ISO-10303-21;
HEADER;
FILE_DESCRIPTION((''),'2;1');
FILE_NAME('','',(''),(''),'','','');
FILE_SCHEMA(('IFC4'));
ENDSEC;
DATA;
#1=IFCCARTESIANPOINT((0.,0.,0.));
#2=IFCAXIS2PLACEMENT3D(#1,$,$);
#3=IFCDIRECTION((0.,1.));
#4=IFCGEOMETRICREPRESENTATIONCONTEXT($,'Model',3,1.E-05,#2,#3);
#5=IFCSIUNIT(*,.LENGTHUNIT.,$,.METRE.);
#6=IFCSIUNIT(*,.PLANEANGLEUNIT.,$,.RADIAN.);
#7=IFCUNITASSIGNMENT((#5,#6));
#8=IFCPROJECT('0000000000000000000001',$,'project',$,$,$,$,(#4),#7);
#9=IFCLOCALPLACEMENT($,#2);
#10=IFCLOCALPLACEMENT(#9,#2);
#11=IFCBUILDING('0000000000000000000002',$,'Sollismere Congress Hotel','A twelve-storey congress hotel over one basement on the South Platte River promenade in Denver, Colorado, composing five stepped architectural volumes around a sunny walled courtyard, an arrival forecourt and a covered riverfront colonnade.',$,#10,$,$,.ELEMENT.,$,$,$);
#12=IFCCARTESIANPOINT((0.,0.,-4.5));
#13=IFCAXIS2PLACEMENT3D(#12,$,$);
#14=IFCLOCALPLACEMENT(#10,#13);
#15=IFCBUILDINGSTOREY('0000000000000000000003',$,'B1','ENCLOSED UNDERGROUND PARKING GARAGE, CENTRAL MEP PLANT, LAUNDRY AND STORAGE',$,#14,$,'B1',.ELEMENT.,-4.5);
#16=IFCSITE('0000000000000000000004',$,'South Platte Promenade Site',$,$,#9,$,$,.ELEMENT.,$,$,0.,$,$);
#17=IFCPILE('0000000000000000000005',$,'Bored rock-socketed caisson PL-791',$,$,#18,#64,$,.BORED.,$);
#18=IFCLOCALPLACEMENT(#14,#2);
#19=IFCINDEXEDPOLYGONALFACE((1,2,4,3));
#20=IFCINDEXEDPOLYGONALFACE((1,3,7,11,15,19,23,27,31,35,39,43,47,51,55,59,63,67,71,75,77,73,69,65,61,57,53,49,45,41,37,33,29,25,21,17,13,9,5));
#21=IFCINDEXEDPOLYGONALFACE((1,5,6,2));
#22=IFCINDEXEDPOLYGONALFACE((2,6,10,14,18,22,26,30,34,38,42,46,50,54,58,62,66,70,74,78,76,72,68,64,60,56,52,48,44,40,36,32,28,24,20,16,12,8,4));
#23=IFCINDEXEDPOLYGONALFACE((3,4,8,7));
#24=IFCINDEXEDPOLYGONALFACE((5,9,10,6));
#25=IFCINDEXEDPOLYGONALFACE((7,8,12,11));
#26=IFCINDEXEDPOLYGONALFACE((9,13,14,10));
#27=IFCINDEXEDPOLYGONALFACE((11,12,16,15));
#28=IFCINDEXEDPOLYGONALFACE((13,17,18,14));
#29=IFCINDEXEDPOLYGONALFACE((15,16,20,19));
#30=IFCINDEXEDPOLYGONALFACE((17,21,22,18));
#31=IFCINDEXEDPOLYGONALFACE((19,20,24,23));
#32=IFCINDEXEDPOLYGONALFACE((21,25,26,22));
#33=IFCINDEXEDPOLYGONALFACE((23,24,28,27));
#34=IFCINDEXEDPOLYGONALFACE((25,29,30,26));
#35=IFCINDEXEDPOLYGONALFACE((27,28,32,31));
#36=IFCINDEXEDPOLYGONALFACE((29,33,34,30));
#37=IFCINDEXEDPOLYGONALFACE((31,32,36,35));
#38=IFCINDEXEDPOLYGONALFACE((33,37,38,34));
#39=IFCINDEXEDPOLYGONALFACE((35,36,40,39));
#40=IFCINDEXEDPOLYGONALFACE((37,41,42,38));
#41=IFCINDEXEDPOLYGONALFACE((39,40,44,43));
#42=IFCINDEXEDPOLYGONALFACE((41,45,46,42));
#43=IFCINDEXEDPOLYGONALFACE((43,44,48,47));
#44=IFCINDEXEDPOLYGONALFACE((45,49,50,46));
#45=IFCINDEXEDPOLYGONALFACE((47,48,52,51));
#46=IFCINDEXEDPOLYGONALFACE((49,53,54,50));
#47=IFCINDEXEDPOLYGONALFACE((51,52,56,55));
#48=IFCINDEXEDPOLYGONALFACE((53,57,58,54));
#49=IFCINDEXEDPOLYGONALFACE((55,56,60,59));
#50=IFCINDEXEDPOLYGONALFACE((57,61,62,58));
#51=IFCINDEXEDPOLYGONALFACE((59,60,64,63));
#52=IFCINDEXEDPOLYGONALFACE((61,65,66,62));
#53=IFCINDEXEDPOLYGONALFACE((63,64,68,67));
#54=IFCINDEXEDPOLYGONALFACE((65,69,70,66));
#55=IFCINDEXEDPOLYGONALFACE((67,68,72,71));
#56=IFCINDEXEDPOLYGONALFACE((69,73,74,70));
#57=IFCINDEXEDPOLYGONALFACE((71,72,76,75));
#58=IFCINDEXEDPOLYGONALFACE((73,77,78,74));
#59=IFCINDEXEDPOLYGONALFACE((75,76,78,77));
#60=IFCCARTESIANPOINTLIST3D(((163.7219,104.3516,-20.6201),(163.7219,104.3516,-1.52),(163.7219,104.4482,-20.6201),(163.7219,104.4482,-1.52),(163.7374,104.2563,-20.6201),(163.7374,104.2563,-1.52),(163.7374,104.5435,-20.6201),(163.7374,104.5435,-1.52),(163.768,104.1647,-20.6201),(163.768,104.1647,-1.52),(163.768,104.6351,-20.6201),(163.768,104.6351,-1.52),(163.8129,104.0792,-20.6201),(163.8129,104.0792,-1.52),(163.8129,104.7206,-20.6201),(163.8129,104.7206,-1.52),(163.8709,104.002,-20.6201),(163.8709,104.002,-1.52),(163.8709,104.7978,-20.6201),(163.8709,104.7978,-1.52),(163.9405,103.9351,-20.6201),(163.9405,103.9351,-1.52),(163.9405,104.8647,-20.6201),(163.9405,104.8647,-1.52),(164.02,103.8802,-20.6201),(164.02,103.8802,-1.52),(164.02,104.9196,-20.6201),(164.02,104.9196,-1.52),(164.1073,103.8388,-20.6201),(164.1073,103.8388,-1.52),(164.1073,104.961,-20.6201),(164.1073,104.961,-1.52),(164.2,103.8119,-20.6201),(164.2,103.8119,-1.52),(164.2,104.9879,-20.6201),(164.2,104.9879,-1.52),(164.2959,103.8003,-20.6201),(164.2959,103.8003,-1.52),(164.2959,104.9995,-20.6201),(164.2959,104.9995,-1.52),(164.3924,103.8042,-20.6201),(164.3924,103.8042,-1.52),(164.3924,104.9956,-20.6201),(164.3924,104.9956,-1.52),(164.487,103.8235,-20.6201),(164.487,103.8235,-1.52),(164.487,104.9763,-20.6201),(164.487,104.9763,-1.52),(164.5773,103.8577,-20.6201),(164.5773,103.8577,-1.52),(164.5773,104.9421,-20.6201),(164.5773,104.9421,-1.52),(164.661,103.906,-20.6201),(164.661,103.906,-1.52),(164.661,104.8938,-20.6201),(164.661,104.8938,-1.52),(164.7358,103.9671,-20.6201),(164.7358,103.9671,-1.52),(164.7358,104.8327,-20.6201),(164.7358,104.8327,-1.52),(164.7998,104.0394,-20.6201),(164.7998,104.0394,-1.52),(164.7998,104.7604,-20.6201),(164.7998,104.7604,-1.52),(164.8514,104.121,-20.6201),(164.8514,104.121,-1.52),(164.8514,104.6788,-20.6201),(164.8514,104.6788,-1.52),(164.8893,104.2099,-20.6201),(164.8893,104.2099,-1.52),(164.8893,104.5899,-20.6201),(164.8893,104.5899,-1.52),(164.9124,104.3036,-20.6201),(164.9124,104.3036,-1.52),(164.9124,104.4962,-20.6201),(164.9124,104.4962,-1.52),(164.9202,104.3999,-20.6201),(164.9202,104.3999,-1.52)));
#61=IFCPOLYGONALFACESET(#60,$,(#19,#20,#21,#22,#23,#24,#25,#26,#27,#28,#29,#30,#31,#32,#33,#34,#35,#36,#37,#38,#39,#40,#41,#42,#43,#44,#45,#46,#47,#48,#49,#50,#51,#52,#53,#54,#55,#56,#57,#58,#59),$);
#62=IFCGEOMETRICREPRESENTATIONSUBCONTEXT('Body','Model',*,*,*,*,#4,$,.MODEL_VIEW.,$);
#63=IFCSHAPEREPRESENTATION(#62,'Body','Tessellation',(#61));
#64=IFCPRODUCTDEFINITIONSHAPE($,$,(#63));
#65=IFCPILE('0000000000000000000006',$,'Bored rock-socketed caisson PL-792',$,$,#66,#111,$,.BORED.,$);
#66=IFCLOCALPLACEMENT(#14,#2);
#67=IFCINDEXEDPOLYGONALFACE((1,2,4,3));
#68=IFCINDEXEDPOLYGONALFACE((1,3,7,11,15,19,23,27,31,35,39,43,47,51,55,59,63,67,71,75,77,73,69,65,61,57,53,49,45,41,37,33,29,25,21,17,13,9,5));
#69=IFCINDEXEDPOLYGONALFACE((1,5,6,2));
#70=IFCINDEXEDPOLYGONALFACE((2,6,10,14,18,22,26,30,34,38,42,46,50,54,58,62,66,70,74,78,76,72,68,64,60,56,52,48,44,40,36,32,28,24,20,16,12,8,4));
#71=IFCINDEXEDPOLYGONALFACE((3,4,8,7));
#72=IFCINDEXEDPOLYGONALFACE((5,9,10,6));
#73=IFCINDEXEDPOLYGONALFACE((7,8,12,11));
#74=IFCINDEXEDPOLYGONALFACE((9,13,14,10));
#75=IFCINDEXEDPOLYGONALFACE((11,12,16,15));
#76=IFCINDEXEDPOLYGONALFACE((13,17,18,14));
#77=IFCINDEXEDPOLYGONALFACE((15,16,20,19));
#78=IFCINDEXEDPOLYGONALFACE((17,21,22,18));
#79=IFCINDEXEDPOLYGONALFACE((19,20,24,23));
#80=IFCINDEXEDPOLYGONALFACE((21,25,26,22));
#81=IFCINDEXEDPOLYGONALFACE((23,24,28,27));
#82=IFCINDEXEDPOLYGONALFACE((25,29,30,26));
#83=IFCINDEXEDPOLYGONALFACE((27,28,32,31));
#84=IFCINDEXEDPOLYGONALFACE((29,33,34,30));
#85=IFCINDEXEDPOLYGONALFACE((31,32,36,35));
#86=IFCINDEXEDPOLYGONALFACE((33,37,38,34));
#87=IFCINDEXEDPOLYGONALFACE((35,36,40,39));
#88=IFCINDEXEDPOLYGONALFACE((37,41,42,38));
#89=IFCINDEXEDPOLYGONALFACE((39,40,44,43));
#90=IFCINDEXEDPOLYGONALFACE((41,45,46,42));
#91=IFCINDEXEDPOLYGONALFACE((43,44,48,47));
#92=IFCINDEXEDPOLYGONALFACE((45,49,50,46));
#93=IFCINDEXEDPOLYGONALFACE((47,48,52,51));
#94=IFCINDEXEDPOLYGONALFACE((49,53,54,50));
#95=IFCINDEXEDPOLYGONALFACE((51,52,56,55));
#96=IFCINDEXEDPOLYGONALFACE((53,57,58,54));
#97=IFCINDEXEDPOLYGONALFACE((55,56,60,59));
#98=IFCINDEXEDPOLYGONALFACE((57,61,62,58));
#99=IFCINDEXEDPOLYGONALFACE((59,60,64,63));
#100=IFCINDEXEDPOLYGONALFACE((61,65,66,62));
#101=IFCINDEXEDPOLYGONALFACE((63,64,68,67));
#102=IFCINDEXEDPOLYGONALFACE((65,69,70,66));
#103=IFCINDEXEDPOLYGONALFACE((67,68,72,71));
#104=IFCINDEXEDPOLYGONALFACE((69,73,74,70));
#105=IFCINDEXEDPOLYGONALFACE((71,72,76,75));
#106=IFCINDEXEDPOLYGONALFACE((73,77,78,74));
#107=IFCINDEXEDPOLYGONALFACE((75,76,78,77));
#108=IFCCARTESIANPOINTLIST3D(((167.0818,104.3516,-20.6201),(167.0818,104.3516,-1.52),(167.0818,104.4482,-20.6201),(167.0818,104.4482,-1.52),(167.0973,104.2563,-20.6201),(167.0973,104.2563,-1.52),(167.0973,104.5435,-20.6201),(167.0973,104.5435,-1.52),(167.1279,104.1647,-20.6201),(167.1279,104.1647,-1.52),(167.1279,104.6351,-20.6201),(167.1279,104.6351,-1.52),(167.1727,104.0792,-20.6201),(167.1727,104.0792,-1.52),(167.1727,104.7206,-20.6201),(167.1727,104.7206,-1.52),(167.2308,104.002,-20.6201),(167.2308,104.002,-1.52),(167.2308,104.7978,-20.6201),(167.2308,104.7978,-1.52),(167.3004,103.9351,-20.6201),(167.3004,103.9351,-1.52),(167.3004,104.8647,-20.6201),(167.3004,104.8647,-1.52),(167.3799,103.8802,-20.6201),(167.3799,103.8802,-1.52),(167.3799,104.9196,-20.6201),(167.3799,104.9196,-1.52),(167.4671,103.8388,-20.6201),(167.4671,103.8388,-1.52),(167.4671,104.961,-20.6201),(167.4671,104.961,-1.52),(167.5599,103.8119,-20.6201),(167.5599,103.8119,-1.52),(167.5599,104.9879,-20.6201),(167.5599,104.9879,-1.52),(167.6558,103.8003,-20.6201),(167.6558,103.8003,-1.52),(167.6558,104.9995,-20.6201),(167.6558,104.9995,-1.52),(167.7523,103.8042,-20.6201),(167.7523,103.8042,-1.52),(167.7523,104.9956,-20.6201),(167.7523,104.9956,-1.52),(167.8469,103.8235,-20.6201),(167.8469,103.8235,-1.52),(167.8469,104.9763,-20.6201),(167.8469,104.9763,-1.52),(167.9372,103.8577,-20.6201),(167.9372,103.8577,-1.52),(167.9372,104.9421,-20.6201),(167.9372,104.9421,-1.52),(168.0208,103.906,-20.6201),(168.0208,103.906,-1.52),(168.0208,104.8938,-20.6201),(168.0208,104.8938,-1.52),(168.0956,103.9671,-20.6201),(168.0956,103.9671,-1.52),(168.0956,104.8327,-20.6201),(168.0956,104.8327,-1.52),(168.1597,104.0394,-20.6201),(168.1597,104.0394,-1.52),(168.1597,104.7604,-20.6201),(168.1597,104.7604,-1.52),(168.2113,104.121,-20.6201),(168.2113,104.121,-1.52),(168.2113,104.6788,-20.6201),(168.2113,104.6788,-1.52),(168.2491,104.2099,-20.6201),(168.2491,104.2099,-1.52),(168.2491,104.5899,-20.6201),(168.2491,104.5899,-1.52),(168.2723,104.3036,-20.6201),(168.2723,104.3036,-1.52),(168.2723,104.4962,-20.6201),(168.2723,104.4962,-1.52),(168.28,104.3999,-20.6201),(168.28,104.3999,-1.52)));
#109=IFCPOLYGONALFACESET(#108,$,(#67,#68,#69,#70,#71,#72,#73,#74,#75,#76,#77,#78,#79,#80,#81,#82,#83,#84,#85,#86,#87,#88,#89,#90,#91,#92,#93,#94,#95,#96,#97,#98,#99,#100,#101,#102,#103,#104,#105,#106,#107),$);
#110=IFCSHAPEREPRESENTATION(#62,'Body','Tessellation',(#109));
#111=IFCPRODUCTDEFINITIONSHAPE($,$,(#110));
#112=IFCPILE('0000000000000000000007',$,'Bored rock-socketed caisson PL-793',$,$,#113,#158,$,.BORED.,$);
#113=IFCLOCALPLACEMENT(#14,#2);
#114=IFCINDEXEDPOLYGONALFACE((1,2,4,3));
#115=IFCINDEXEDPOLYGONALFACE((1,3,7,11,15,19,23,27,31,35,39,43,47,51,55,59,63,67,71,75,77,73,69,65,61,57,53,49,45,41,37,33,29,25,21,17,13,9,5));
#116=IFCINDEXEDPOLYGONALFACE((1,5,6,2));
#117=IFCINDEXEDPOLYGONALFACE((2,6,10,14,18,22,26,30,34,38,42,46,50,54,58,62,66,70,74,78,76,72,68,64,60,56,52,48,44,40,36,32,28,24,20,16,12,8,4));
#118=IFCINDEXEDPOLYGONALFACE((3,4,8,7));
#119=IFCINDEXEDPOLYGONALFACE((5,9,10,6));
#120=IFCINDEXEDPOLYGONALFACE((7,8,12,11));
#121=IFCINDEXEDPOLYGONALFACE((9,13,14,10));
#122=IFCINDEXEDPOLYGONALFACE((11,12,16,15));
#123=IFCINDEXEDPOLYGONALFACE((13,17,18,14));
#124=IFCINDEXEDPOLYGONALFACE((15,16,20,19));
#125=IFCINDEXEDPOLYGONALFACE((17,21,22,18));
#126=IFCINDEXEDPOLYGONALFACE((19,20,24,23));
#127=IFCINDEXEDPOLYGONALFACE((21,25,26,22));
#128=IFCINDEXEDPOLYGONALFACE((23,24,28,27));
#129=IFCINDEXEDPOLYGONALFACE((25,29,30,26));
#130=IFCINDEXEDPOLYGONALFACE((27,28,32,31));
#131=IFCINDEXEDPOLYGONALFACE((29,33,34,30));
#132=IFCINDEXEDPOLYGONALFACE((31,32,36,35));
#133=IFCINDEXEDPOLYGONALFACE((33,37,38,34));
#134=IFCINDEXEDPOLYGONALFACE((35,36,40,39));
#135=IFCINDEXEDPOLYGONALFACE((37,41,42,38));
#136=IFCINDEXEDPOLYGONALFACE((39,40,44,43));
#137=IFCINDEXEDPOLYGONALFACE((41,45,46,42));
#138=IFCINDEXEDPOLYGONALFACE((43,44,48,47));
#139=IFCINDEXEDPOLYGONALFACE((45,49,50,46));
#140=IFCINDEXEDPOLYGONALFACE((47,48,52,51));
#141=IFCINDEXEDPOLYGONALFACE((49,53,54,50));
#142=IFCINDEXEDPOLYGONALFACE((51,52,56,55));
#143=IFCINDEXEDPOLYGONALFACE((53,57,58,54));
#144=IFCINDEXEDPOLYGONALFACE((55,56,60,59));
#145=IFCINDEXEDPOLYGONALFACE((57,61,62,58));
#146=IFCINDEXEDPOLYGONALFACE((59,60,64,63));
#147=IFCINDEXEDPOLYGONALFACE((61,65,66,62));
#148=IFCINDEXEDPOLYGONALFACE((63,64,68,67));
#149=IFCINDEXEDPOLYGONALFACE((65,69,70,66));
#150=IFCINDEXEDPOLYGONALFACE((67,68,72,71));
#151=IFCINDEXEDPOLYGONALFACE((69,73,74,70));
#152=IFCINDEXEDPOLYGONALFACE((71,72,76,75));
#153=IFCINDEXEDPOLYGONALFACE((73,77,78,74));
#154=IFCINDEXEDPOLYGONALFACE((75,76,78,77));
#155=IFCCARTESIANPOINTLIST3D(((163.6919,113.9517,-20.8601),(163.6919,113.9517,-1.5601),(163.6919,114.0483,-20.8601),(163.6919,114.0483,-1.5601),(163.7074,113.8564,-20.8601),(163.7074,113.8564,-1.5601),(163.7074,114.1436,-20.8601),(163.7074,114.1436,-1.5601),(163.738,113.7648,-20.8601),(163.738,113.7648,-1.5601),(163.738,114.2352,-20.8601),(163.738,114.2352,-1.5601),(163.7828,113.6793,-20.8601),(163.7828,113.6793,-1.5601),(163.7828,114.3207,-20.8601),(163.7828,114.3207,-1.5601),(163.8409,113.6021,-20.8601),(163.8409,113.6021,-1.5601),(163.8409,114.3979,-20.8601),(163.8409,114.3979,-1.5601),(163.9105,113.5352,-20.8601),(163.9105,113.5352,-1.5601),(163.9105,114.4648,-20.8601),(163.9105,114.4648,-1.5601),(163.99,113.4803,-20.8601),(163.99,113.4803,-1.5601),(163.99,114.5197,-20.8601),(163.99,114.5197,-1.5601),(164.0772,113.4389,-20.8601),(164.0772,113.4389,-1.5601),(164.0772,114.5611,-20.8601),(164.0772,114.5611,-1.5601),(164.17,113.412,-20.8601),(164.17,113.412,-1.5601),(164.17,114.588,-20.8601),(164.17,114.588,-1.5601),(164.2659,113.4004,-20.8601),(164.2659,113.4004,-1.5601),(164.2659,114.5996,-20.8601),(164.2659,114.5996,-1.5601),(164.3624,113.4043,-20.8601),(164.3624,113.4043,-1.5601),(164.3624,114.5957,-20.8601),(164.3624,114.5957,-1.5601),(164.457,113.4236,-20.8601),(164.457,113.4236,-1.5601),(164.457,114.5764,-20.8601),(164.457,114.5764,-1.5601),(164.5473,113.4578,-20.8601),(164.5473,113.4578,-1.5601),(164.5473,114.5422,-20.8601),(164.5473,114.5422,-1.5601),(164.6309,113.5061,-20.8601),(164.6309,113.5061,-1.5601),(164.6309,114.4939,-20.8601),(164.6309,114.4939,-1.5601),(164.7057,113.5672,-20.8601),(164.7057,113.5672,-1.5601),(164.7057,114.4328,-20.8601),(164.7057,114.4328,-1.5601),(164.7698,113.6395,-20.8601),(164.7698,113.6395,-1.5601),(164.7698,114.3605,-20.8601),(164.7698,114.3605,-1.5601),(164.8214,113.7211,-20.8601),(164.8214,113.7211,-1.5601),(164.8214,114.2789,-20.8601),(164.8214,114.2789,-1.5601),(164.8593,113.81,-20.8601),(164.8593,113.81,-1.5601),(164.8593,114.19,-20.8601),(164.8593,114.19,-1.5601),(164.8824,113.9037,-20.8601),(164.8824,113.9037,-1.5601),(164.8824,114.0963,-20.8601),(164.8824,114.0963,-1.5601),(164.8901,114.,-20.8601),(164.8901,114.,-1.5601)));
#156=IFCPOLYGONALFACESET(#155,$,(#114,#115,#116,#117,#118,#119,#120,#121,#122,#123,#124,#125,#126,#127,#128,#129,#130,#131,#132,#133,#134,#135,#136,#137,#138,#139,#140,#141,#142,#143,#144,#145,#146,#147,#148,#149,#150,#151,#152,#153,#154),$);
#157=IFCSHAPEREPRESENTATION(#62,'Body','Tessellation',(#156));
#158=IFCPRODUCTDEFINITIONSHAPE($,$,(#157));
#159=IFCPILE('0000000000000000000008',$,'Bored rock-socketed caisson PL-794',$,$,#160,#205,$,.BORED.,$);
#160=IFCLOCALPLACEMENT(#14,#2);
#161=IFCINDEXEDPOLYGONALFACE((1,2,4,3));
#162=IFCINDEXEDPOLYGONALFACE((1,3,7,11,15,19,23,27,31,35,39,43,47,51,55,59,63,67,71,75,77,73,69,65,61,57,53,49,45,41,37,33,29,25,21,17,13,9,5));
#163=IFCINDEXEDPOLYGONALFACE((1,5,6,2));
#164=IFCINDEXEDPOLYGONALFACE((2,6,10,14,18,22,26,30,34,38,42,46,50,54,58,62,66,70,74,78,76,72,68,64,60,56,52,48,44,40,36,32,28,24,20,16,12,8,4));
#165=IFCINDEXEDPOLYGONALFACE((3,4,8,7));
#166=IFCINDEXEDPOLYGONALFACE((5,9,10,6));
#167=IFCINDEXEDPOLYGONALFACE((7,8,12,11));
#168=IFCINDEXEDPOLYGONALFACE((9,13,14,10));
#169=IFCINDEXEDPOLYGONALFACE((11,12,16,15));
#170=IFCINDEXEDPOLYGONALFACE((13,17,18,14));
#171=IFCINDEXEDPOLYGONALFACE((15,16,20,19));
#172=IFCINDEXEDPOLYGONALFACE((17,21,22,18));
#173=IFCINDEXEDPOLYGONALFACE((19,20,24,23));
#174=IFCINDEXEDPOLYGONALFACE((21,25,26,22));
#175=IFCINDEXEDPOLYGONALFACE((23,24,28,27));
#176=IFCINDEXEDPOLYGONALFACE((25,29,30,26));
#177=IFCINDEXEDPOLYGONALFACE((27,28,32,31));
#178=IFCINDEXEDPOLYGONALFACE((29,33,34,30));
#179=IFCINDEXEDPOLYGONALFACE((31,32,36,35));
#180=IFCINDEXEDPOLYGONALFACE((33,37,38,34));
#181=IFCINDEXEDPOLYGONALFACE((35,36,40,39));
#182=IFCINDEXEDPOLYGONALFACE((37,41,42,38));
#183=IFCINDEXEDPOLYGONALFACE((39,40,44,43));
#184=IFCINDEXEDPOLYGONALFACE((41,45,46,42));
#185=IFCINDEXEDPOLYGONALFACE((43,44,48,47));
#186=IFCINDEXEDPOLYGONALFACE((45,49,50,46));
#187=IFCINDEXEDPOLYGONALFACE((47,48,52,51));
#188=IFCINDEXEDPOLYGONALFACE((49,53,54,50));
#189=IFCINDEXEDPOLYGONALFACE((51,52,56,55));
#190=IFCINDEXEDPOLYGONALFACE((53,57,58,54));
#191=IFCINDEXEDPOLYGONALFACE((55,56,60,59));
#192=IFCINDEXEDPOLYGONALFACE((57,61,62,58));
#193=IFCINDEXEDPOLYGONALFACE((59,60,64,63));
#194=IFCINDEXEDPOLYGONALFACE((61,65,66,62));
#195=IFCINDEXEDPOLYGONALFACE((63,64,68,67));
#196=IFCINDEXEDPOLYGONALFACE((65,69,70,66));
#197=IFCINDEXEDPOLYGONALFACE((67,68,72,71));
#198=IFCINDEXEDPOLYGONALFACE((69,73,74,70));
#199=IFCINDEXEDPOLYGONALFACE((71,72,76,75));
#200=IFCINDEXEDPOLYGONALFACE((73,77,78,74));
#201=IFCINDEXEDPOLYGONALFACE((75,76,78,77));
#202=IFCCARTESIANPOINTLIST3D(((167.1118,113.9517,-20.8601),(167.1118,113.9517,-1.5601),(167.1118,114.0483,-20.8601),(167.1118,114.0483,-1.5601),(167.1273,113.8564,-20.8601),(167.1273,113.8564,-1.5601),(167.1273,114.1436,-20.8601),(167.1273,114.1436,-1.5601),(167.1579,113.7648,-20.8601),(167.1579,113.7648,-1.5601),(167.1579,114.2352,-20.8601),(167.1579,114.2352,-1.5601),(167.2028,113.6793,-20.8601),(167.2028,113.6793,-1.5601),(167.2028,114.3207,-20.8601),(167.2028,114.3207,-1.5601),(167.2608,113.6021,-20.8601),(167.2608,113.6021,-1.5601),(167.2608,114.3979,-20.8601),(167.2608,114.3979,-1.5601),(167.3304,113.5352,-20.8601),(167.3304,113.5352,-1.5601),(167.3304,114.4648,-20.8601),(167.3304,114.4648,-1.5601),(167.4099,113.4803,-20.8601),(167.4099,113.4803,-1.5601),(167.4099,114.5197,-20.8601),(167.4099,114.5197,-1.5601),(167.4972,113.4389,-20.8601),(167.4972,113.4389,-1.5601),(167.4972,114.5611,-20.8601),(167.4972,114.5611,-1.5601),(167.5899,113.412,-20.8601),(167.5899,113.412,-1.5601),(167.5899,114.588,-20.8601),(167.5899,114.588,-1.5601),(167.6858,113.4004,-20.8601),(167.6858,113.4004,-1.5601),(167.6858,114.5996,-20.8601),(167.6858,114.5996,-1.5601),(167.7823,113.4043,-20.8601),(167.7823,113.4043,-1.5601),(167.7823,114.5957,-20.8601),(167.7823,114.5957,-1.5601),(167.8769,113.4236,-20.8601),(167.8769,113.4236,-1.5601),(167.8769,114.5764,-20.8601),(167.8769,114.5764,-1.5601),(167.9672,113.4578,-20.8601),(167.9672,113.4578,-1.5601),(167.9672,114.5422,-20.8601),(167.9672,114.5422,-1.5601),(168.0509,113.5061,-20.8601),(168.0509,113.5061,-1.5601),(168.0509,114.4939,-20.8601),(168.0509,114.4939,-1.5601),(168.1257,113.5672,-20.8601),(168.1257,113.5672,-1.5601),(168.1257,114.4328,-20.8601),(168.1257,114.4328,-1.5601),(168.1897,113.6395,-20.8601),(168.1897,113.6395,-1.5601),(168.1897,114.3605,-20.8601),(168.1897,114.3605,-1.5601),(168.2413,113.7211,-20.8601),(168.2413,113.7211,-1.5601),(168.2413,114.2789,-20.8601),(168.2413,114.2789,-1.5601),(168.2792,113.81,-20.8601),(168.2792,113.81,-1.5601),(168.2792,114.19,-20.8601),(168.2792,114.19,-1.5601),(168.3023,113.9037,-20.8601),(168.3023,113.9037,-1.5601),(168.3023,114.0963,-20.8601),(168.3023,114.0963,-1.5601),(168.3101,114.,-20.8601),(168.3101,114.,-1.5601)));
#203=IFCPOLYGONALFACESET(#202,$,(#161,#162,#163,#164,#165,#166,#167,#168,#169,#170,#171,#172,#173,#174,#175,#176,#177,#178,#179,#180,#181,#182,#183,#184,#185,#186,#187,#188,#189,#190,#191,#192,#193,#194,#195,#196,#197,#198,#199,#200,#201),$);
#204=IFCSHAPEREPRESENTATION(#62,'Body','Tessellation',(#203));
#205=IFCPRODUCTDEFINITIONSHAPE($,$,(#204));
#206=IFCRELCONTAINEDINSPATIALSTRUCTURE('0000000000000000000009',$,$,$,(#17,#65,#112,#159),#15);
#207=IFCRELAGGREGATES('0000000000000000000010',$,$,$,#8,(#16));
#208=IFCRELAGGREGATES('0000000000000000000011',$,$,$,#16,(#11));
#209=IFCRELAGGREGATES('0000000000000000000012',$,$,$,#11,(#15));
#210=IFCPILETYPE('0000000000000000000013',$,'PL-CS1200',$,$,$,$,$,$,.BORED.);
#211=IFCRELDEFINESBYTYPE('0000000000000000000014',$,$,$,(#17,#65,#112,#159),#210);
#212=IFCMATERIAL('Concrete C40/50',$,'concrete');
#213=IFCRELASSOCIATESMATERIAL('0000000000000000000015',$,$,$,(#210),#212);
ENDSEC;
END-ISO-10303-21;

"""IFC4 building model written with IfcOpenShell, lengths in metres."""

from ifc_helpers import new_model, si_unit, direction, frame, origin, origin_2d, place, context, subcontext, project, spatial, circle, extrude, material, material_profile, profile_set, type_object, element, save


model = new_model("IFC4")

# Units and contexts
model_context = context("Model", 3, precision=1e-05, world=origin(), true_north=direction((0.0, 1.0)))
body_context = subcontext(model_context, "Body", "Model", "MODEL_VIEW")
ifc_project = project(units=[si_unit("LENGTHUNIT", "METRE"), si_unit("PLANEANGLEUNIT", "RADIAN")], contexts=[model_context])

# Site, building, storey
site_placement = place(None, origin())
site = spatial("IfcSite", under=ifc_project, at=site_placement, Name="South Platte Promenade Site", CompositionType="ELEMENT", RefElevation=0.0)
building_placement = place(site_placement, origin())
building = spatial("IfcBuilding", under=site, at=building_placement, Name="Sollismere Congress Hotel", Description="A twelve-storey congress hotel over one basement on the South Platte River promenade in Denver, Colorado, composing five stepped architectural volumes around a sunny walled courtyard, an arrival forecourt and a covered riverfront colonnade.", CompositionType="ELEMENT")
storey_placement = place(building_placement, frame((0.0, 0.0, -4.5)))
storey = spatial("IfcBuildingStorey", under=building, at=storey_placement, Name="B1", Description="ENCLOSED UNDERGROUND PARKING GARAGE, CENTRAL MEP PLANT, LAUNDRY AND STORAGE", LongName="B1", CompositionType="ELEMENT", Elevation=-4.5)

# Shared definitions
ifc_material_1 = material(Name="Concrete C40/50", Category="concrete")

# Piles
ifc_material_profile_1 = material_profile(ifc_material_1, circle(Radius=0.6001, at=origin_2d()), Name="CAISSON1200")
ifc_profile_set_1 = profile_set([ifc_material_profile_1], Name="Concrete C40/50")
pile_type = type_object("IfcPileType", Name="PL-CS1200", PredefinedType="BORED", material=ifc_profile_set_1)
for number, where, z_axis, x_axis, name in (
    (1, (164.3201, 104.3999, -1.52), (0.0, 0.0, -1.0), (1.0, 0.0, 0.0), "Bored rock-socketed caisson PL-791"),
    (2, (167.6799, 104.3999, -1.52), (0.0, 0.0, -1.0), (1.0, 0.0, 0.0), "Bored rock-socketed caisson PL-792"),
):
    element("IfcPile", number, at=place(storey_placement, frame(where, z_axis=z_axis, x_axis=x_axis)), inside=storey, type_object=pile_type, Name=name, PredefinedType="BORED", context=body_context, shape_type="SweptSolid", body=[
        extrude(circle(Radius=0.6001, at=origin_2d()), origin(), (0.0, 0.0, 1.0), 19.1001),
    ])
for number, where, z_axis, x_axis, name in (
    (3, (164.29, 114.0, -1.5601), (0.0, 0.0, -1.0), (1.0, 0.0, 0.0), "Bored rock-socketed caisson PL-793"),
    (4, (167.71, 114.0, -1.5601), (0.0, 0.0, -1.0), (1.0, 0.0, 0.0), "Bored rock-socketed caisson PL-794"),
):
    element("IfcPile", number, at=place(storey_placement, frame(where, z_axis=z_axis, x_axis=x_axis)), inside=storey, type_object=pile_type, Name=name, PredefinedType="BORED", context=body_context, shape_type="SweptSolid", body=[
        extrude(circle(Radius=0.6001, at=origin_2d()), origin(), (0.0, 0.0, 1.0), 19.3),
    ])

save(model, "model.ifc")
